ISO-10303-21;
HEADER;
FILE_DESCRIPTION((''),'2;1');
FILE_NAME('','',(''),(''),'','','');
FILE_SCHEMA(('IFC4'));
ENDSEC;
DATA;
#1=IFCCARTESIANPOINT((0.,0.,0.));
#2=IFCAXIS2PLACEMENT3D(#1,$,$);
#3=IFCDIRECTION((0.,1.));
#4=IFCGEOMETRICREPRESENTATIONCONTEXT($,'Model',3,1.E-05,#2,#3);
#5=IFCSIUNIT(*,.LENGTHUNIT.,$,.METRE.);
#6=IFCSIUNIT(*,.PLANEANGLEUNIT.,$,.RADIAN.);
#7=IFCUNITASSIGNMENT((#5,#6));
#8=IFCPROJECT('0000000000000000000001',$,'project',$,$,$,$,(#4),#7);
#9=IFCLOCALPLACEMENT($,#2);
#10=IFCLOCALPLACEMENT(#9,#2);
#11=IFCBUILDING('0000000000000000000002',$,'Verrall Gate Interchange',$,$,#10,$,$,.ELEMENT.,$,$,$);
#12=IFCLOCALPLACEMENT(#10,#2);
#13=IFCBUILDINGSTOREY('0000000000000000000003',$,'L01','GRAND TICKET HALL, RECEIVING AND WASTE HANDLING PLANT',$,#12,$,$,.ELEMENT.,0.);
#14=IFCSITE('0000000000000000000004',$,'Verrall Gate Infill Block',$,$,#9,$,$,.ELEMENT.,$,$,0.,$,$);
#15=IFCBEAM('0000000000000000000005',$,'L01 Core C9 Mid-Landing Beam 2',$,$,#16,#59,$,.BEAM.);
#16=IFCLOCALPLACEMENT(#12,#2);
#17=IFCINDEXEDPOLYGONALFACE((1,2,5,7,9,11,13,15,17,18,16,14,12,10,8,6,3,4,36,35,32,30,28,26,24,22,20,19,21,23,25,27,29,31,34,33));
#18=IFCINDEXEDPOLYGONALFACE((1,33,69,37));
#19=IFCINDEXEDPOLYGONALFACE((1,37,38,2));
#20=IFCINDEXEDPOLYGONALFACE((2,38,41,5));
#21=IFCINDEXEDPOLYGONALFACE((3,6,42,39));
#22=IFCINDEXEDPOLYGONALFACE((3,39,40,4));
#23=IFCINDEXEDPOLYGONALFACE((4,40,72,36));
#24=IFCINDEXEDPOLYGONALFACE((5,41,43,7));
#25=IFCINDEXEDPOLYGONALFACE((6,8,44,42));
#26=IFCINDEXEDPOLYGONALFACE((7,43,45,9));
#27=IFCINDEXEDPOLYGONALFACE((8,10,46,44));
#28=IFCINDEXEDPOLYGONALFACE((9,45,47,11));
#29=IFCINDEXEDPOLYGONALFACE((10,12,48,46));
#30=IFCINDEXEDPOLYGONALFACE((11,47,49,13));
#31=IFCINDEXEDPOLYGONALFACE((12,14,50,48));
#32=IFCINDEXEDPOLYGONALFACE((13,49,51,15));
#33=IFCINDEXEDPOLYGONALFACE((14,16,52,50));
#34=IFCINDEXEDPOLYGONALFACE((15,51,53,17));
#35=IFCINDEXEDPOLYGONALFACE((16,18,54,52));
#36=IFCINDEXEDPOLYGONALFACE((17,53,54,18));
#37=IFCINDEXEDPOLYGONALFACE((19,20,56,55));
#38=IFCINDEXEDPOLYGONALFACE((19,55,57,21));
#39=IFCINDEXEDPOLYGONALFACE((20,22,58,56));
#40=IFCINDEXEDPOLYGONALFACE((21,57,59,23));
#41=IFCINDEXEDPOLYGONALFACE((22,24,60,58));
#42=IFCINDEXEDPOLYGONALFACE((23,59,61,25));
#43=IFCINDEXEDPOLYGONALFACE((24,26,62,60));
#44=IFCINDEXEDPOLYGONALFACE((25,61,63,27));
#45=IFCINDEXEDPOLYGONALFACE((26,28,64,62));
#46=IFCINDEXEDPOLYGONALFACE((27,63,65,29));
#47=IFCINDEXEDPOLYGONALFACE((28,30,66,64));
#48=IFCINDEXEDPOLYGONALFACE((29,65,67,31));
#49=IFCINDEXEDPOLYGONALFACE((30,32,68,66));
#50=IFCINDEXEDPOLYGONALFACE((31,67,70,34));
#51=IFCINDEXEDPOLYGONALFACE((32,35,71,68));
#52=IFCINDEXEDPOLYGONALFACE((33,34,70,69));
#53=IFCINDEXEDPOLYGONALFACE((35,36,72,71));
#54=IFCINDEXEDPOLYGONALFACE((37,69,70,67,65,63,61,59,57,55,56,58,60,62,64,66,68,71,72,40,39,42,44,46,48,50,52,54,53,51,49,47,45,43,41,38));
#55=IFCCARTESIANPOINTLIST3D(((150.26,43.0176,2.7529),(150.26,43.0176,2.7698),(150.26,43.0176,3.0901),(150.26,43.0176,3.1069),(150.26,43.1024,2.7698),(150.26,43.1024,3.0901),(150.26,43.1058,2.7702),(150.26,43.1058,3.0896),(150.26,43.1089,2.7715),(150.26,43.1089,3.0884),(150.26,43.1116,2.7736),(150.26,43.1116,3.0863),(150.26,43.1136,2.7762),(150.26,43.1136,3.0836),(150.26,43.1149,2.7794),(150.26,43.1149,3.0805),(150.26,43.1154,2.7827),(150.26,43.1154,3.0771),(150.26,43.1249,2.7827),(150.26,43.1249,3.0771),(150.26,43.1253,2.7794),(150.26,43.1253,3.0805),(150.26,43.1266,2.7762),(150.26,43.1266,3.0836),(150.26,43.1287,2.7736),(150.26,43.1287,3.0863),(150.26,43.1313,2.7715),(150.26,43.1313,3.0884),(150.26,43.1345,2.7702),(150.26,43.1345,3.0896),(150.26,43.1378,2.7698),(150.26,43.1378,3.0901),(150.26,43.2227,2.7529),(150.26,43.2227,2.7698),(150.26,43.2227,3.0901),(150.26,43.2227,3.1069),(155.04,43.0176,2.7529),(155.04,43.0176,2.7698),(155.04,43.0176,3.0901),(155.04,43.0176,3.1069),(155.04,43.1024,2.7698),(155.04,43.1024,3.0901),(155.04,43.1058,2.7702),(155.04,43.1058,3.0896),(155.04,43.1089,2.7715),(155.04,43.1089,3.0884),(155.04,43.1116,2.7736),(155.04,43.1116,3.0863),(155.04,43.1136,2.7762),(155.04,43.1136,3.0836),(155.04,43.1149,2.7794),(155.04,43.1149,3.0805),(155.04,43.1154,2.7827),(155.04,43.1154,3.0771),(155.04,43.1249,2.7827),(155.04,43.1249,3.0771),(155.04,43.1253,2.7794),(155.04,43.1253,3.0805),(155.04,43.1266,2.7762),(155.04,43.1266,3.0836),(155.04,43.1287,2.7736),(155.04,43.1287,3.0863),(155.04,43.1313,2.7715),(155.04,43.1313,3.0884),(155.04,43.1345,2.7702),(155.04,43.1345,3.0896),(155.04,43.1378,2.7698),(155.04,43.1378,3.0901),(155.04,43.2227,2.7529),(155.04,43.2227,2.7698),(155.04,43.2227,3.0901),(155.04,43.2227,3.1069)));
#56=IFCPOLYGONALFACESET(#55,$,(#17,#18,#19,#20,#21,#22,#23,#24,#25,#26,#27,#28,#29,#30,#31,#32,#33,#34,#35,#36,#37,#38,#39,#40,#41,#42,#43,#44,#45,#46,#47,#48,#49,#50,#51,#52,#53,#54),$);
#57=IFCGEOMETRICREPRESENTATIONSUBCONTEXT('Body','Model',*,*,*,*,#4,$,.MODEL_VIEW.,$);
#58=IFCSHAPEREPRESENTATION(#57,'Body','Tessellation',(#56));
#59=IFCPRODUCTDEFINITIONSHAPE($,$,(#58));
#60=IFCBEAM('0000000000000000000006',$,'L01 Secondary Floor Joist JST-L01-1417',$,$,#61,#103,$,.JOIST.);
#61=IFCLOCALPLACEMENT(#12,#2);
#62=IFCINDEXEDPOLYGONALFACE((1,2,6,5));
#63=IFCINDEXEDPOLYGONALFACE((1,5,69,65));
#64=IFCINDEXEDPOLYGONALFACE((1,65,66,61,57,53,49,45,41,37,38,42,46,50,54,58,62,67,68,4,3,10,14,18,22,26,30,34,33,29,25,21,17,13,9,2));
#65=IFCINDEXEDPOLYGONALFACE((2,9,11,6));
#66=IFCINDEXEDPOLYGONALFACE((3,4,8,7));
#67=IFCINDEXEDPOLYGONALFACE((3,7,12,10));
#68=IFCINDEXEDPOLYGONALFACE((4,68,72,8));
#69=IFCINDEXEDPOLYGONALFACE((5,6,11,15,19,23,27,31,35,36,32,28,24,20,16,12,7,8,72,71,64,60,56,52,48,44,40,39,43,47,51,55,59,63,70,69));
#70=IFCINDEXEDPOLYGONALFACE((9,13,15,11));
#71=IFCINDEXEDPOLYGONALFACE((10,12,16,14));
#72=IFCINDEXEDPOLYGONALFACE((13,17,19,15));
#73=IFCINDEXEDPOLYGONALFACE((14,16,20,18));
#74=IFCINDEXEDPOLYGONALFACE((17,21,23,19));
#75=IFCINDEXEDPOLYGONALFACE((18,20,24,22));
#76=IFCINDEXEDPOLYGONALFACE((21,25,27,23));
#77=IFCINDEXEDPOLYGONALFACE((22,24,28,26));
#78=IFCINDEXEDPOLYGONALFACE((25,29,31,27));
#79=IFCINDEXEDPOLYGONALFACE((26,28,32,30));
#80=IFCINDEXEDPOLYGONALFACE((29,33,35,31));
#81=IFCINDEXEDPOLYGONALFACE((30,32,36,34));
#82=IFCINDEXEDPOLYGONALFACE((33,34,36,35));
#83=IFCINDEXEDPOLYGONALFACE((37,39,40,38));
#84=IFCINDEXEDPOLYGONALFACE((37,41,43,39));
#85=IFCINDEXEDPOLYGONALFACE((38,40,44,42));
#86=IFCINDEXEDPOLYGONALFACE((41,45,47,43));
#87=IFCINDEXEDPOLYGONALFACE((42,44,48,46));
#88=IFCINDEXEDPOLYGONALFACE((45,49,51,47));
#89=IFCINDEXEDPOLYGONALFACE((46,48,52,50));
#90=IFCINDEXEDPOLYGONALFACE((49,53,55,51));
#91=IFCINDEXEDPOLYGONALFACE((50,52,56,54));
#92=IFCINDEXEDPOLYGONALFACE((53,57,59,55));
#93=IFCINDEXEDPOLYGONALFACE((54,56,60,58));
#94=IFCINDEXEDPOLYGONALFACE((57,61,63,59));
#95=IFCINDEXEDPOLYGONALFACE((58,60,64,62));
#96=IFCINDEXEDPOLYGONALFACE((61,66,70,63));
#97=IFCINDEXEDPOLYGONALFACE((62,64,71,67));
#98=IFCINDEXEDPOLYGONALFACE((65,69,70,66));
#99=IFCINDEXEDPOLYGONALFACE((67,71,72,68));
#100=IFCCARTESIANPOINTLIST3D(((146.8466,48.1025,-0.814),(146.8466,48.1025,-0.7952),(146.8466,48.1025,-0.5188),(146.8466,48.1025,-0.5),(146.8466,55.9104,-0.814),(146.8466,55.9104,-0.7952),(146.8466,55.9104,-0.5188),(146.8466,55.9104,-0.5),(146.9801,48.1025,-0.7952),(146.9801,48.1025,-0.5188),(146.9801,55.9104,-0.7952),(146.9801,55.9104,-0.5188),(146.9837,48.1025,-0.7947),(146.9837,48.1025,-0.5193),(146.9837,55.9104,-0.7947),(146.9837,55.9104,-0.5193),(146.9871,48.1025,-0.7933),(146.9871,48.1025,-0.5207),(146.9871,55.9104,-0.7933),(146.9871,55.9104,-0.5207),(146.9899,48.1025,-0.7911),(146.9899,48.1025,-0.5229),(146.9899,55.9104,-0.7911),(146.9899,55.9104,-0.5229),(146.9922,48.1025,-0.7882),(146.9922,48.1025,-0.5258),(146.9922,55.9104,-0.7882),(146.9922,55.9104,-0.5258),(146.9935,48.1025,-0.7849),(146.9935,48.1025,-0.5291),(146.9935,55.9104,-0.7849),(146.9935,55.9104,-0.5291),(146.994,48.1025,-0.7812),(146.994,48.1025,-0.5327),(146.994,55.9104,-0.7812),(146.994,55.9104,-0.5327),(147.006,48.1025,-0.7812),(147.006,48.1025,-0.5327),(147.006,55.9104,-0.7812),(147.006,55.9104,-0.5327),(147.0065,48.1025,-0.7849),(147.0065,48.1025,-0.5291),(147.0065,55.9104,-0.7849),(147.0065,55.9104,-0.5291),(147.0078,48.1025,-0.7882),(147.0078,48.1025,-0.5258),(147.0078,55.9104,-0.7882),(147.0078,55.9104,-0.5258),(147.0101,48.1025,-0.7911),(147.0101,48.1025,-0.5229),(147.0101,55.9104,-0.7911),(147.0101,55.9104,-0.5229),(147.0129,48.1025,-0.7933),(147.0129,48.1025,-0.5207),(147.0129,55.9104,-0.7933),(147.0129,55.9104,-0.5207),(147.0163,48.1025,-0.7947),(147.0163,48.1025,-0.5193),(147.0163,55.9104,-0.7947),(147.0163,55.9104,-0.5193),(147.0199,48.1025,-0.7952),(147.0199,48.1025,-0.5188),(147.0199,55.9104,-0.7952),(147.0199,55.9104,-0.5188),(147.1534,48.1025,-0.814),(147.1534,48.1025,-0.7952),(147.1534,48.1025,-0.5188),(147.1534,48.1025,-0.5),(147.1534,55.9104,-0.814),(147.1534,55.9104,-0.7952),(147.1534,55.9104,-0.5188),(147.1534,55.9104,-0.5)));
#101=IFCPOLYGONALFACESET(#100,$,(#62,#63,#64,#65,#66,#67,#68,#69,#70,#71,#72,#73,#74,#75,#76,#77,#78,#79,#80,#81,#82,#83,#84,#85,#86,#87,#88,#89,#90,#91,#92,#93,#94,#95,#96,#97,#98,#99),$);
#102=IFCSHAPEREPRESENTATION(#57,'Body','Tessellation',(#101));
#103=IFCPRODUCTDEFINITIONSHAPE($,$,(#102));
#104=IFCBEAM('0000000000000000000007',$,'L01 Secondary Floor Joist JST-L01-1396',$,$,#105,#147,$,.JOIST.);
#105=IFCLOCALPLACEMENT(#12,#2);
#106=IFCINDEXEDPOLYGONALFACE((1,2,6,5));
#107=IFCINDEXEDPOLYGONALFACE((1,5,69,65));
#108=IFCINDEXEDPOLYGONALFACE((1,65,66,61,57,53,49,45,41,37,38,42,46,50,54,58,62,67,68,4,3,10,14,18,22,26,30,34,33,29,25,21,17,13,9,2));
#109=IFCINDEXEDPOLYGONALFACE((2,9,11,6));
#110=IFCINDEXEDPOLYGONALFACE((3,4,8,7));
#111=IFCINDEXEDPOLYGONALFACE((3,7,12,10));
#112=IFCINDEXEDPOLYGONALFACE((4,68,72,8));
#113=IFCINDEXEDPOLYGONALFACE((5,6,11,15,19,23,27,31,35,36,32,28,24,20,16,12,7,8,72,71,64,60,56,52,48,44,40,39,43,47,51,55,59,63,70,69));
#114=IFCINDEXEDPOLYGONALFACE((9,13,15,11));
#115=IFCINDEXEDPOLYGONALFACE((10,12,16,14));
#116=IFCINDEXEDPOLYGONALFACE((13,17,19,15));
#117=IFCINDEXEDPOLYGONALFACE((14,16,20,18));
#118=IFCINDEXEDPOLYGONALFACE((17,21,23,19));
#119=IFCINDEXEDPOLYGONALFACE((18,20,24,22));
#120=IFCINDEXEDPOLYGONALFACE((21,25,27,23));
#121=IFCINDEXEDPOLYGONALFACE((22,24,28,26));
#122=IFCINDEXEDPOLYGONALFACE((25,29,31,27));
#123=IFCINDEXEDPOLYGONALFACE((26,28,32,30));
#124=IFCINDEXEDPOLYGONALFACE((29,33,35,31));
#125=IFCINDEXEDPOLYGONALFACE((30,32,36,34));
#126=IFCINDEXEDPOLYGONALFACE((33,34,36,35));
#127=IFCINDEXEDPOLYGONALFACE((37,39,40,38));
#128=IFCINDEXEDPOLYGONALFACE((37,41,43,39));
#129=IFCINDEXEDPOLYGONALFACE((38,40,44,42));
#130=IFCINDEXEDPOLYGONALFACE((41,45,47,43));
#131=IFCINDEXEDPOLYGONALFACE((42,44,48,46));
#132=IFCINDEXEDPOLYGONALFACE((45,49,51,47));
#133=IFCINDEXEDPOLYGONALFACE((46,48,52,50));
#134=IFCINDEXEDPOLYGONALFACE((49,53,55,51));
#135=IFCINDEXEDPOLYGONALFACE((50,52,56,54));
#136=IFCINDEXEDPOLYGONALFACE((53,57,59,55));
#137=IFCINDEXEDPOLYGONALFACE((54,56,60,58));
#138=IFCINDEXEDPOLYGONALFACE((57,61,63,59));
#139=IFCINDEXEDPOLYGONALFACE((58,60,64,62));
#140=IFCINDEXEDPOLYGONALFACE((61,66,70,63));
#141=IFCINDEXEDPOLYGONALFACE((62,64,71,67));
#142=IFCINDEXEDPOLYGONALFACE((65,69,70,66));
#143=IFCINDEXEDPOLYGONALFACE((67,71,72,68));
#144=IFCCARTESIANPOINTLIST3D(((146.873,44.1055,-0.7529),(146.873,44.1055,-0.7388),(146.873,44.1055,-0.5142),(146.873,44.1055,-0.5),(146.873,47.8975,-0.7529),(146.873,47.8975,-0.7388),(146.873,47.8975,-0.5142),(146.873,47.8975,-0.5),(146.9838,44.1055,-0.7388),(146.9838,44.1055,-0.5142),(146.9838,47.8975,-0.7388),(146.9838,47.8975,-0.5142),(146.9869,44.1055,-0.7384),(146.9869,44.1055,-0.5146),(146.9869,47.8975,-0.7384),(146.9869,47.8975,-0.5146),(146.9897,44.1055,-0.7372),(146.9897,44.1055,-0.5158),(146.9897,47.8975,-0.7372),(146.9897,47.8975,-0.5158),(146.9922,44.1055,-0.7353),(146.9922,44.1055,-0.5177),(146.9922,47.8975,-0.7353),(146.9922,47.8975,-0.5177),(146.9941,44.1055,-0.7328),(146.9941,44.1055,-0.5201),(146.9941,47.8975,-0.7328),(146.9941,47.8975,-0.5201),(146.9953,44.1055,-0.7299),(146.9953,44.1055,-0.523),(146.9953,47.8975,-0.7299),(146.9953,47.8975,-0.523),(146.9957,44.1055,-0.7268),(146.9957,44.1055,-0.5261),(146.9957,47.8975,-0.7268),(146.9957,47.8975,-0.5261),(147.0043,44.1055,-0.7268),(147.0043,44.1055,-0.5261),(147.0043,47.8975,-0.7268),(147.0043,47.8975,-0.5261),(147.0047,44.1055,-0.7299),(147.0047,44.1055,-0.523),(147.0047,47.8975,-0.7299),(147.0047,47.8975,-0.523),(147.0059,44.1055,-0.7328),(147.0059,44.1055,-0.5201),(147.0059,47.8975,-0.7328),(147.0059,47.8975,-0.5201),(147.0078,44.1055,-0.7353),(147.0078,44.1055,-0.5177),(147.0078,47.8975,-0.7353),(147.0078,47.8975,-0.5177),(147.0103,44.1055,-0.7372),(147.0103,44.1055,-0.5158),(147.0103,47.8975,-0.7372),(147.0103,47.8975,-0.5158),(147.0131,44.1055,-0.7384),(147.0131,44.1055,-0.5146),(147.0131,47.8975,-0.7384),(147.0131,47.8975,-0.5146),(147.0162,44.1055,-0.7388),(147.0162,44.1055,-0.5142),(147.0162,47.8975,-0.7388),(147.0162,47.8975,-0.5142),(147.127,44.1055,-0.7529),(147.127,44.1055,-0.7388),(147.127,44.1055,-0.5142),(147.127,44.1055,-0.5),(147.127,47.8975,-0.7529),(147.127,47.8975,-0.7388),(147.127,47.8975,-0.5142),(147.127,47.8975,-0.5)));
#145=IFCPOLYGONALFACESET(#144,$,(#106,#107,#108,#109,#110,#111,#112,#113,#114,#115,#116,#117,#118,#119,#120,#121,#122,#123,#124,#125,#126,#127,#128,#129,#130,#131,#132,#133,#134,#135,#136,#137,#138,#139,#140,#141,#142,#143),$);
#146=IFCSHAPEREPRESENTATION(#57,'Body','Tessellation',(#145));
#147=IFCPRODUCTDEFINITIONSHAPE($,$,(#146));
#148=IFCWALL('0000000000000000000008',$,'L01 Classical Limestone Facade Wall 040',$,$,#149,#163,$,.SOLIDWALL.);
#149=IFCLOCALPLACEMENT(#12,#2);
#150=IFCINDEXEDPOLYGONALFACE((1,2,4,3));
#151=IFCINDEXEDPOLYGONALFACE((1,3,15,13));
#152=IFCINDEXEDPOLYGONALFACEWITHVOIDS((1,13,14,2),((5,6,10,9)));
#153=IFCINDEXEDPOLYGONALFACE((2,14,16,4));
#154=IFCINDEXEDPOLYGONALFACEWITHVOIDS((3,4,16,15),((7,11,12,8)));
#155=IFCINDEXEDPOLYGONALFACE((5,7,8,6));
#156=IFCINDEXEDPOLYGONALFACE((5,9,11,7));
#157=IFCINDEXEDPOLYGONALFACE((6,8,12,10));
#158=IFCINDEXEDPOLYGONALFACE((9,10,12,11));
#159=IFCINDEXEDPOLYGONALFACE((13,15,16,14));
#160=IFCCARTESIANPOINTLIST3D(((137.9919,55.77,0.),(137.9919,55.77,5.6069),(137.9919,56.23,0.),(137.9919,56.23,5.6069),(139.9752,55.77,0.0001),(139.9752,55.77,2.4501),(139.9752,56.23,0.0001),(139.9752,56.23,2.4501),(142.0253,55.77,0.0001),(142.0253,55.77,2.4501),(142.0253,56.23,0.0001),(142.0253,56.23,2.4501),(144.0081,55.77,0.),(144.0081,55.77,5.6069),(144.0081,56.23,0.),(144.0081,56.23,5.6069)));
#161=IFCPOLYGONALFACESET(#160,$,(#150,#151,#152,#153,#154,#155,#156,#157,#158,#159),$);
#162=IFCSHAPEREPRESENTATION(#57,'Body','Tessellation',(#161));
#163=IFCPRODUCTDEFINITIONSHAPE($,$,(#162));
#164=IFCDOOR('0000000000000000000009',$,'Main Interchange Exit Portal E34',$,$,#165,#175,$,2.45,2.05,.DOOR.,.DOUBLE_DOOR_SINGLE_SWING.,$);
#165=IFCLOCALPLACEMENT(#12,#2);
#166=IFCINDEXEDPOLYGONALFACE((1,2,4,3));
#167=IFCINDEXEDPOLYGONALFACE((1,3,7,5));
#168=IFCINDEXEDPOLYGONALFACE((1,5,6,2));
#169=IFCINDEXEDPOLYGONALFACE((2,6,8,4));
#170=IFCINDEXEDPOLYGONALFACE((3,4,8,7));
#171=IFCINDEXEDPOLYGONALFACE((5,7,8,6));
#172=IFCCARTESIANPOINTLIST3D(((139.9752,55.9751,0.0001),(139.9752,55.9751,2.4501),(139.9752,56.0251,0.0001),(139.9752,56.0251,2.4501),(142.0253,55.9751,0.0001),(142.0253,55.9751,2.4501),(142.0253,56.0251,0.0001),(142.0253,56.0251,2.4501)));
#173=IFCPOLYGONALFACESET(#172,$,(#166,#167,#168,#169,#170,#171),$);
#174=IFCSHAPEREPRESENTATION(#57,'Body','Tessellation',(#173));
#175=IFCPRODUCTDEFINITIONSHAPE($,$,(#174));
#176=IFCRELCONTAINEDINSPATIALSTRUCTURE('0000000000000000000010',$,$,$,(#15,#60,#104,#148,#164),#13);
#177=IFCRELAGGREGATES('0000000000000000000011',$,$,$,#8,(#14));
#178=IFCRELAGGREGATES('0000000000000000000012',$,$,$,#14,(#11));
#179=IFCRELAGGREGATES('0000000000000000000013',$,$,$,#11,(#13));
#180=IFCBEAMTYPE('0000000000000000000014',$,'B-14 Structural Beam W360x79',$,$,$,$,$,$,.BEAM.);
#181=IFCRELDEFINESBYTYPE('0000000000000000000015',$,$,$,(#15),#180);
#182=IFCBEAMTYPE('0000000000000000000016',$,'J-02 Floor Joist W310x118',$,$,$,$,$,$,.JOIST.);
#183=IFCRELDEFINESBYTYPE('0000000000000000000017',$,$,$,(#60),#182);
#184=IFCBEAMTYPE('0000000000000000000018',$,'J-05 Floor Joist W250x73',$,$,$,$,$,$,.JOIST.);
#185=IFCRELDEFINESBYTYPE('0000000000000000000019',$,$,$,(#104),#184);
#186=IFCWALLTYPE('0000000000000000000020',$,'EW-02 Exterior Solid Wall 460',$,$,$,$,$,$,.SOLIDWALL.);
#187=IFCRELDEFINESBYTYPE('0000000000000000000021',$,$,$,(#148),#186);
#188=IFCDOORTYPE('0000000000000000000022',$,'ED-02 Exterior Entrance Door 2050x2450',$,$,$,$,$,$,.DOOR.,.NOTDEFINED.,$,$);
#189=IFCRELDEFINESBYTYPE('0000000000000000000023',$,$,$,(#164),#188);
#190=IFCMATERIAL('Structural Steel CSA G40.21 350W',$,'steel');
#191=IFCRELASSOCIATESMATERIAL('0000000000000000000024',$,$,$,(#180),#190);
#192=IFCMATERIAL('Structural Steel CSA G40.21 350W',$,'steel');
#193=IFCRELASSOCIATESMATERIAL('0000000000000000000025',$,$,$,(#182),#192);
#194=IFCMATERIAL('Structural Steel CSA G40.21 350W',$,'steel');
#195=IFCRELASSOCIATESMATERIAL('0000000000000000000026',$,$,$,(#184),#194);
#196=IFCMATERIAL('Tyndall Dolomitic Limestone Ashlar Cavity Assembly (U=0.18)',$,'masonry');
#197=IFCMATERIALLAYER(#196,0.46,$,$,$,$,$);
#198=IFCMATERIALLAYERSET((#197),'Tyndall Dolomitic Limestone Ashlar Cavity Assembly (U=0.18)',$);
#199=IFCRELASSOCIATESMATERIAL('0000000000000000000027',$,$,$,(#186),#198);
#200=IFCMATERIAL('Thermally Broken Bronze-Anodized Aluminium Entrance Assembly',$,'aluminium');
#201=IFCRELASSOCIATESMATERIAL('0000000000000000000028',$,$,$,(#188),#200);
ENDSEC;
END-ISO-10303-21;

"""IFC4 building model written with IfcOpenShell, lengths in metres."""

from ifc_helpers import new_model, si_unit, direction, frame, frame_2d, origin, origin_2d, place, context, subcontext, project, spatial, rectangle, i_section, extrude, material, layer, layer_set, material_profile, profile_set, type_object, element, fill, save


model = new_model("IFC4")

# Units and contexts
model_context = context("Model", 3, precision=1e-05, world=origin(), true_north=direction((0.0, 1.0)))
body_context = subcontext(model_context, "Body", "Model", "MODEL_VIEW")
ifc_project = project(units=[si_unit("LENGTHUNIT", "METRE"), si_unit("PLANEANGLEUNIT", "RADIAN")], contexts=[model_context])

# Site, building, storey
site_placement = place(None, origin())
site = spatial("IfcSite", under=ifc_project, at=site_placement, Name="Verrall Gate Infill Block", CompositionType="ELEMENT", RefElevation=0.0)
building_placement = place(site_placement, origin())
building = spatial("IfcBuilding", under=site, at=building_placement, Name="Verrall Gate Interchange", CompositionType="ELEMENT")
storey_placement = place(building_placement, origin())
storey = spatial("IfcBuildingStorey", under=building, at=storey_placement, Name="L01", Description="GRAND TICKET HALL, RECEIVING AND WASTE HANDLING PLANT", CompositionType="ELEMENT", Elevation=0.0)

# Beams
ifc_material_1 = material(Name="Structural Steel CSA G40.21 350W", Category="steel")
ifc_material_profile_1 = material_profile(ifc_material_1, i_section(OverallWidth=0.2051, OverallDepth=0.354, WebThickness=0.0095, FlangeThickness=0.0168, FilletRadius=0.0129, at=origin_2d()), Name="W360x79")
ifc_profile_set_1 = profile_set([ifc_material_profile_1], Name="Structural Steel CSA G40.21 350W")
beam_type_1 = type_object("IfcBeamType", Name="B-14 Structural Beam W360x79", PredefinedType="BEAM", material=ifc_profile_set_1)
for number, where, z_axis, x_axis, name in (
    (1, (150.26, 43.1201, 2.9299), (1.0, 0.0, 0.0), (0.0, 1.0, 0.0), "L01 Core C9 Mid-Landing Beam 2"),
):
    element("IfcBeam", number, at=place(storey_placement, frame(where, z_axis=z_axis, x_axis=x_axis)), inside=storey, type_object=beam_type_1, Name=name, PredefinedType="BEAM", context=body_context, shape_type="SweptSolid", body=[
        extrude(i_section(OverallWidth=0.2051, OverallDepth=0.354, WebThickness=0.0095, FlangeThickness=0.0168, FilletRadius=0.0129, at=origin_2d()), origin(), (0.0, 0.0, 1.0), 4.78),
    ])
ifc_material_2 = material(Name="Structural Steel CSA G40.21 350W", Category="steel")
ifc_material_profile_2 = material_profile(ifc_material_2, i_section(OverallWidth=0.3069, OverallDepth=0.314, WebThickness=0.012, FlangeThickness=0.0188, FilletRadius=0.0139, at=origin_2d()), Name="W310x118")
ifc_profile_set_2 = profile_set([ifc_material_profile_2], Name="Structural Steel CSA G40.21 350W")
beam_type_2 = type_object("IfcBeamType", Name="J-02 Floor Joist W310x118", PredefinedType="JOIST", material=ifc_profile_set_2)
beam_1_placement = place(storey_placement, frame((147.0, 48.1025, -0.657), z_axis=(0.0, 1.0, 0.0), x_axis=(-1.0, 0.0, 0.0)))
element("IfcBeam", 2, at=beam_1_placement, inside=storey, type_object=beam_type_2, Name="L01 Secondary Floor Joist JST-L01-1417", PredefinedType="JOIST", context=body_context, shape_type="SweptSolid", body=[
    extrude(i_section(OverallWidth=0.3069, OverallDepth=0.314, WebThickness=0.012, FlangeThickness=0.0188, FilletRadius=0.0139, at=origin_2d()), origin(), (0.0, 0.0, 1.0), 7.8079),
])
ifc_material_3 = material(Name="Structural Steel CSA G40.21 350W", Category="steel")
ifc_material_profile_3 = material_profile(ifc_material_3, i_section(OverallWidth=0.2539, OverallDepth=0.2529, WebThickness=0.0085, FlangeThickness=0.0142, FilletRadius=0.012, at=origin_2d()), Name="W250x73")
ifc_profile_set_3 = profile_set([ifc_material_profile_3], Name="Structural Steel CSA G40.21 350W")
beam_type_3 = type_object("IfcBeamType", Name="J-05 Floor Joist W250x73", PredefinedType="JOIST", material=ifc_profile_set_3)
beam_2_placement = place(storey_placement, frame((147.0, 44.1055, -0.6265), z_axis=(0.0, 1.0, 0.0), x_axis=(-1.0, 0.0, 0.0)))
element("IfcBeam", 3, at=beam_2_placement, inside=storey, type_object=beam_type_3, Name="L01 Secondary Floor Joist JST-L01-1396", PredefinedType="JOIST", context=body_context, shape_type="SweptSolid", body=[
    extrude(i_section(OverallWidth=0.2539, OverallDepth=0.2529, WebThickness=0.0085, FlangeThickness=0.0142, FilletRadius=0.012, at=origin_2d()), origin(), (0.0, 0.0, 1.0), 3.792),
])

# Wall, opening, door
ifc_material_4 = material(Name="Tyndall Dolomitic Limestone Ashlar Cavity Assembly (U=0.18)", Category="masonry")
ifc_layer_1 = layer(ifc_material_4, 0.46)
ifc_layer_set_1 = layer_set([ifc_layer_1], Name="Tyndall Dolomitic Limestone Ashlar Cavity Assembly (U=0.18)")
wall_type_1 = type_object("IfcWallType", Name="EW-02 Exterior Solid Wall 460", PredefinedType="SOLIDWALL", material=ifc_layer_set_1)
wall_1_placement = place(storey_placement, frame((144.0081, 56.0, 0.0), z_axis=(0.0, 0.0, 1.0), x_axis=(-1.0, 0.0, 0.0)))
wall_1 = element("IfcWall", 4, at=wall_1_placement, inside=storey, type_object=wall_type_1, Name="L01 Classical Limestone Facade Wall 040", PredefinedType="SOLIDWALL", context=body_context, shape_type="SweptSolid", body=[
    extrude(rectangle(XDim=6.0161, YDim=0.46, at=frame_2d((3.0081, 0.0))), origin(), (0.0, 0.0, 1.0), 5.6069),
])
opening_placement = place(wall_1_placement, frame((1.9829, 0.0, 0.0)))
opening = element("IfcOpeningElement", 5, at=opening_placement, cuts=wall_1, PredefinedType="OPENING", context=body_context, shape_type="SweptSolid", body=[
    extrude(rectangle(XDim=2.05, YDim=2.45, at=frame_2d((1.0249, 1.2251))), frame((0.0, 0.2449, 0.0), z_axis=(0.0, -1.0, 0.0), x_axis=(1.0, 0.0, 0.0)), (0.0, 0.0, 1.0), 0.4897),
])
ifc_material_5 = material(Name="Thermally Broken Bronze-Anodized Aluminium Entrance Assembly", Category="aluminium")
door_type = type_object("IfcDoorType", Name="ED-02 Exterior Entrance Door 2050x2450", OperationType="NOTDEFINED", PredefinedType="DOOR", material=ifc_material_5)
door_placement = place(opening_placement, origin())
door = element("IfcDoor", 6, at=door_placement, inside=storey, type_object=door_type, Name="Main Interchange Exit Portal E34", OperationType="DOUBLE_DOOR_SINGLE_SWING", OverallHeight=2.45, OverallWidth=2.05, PredefinedType="DOOR", context=body_context, shape_type="SweptSolid", body=[
    extrude(rectangle(XDim=2.05, YDim=2.45, at=frame_2d((1.0249, 1.2251))), frame((0.0, 0.0249, 0.0), z_axis=(0.0, -1.0, 0.0), x_axis=(1.0, 0.0, 0.0)), (0.0, 0.0, 1.0), 0.05),
])
fill(opening, door)

save(model, "model.ifc")
